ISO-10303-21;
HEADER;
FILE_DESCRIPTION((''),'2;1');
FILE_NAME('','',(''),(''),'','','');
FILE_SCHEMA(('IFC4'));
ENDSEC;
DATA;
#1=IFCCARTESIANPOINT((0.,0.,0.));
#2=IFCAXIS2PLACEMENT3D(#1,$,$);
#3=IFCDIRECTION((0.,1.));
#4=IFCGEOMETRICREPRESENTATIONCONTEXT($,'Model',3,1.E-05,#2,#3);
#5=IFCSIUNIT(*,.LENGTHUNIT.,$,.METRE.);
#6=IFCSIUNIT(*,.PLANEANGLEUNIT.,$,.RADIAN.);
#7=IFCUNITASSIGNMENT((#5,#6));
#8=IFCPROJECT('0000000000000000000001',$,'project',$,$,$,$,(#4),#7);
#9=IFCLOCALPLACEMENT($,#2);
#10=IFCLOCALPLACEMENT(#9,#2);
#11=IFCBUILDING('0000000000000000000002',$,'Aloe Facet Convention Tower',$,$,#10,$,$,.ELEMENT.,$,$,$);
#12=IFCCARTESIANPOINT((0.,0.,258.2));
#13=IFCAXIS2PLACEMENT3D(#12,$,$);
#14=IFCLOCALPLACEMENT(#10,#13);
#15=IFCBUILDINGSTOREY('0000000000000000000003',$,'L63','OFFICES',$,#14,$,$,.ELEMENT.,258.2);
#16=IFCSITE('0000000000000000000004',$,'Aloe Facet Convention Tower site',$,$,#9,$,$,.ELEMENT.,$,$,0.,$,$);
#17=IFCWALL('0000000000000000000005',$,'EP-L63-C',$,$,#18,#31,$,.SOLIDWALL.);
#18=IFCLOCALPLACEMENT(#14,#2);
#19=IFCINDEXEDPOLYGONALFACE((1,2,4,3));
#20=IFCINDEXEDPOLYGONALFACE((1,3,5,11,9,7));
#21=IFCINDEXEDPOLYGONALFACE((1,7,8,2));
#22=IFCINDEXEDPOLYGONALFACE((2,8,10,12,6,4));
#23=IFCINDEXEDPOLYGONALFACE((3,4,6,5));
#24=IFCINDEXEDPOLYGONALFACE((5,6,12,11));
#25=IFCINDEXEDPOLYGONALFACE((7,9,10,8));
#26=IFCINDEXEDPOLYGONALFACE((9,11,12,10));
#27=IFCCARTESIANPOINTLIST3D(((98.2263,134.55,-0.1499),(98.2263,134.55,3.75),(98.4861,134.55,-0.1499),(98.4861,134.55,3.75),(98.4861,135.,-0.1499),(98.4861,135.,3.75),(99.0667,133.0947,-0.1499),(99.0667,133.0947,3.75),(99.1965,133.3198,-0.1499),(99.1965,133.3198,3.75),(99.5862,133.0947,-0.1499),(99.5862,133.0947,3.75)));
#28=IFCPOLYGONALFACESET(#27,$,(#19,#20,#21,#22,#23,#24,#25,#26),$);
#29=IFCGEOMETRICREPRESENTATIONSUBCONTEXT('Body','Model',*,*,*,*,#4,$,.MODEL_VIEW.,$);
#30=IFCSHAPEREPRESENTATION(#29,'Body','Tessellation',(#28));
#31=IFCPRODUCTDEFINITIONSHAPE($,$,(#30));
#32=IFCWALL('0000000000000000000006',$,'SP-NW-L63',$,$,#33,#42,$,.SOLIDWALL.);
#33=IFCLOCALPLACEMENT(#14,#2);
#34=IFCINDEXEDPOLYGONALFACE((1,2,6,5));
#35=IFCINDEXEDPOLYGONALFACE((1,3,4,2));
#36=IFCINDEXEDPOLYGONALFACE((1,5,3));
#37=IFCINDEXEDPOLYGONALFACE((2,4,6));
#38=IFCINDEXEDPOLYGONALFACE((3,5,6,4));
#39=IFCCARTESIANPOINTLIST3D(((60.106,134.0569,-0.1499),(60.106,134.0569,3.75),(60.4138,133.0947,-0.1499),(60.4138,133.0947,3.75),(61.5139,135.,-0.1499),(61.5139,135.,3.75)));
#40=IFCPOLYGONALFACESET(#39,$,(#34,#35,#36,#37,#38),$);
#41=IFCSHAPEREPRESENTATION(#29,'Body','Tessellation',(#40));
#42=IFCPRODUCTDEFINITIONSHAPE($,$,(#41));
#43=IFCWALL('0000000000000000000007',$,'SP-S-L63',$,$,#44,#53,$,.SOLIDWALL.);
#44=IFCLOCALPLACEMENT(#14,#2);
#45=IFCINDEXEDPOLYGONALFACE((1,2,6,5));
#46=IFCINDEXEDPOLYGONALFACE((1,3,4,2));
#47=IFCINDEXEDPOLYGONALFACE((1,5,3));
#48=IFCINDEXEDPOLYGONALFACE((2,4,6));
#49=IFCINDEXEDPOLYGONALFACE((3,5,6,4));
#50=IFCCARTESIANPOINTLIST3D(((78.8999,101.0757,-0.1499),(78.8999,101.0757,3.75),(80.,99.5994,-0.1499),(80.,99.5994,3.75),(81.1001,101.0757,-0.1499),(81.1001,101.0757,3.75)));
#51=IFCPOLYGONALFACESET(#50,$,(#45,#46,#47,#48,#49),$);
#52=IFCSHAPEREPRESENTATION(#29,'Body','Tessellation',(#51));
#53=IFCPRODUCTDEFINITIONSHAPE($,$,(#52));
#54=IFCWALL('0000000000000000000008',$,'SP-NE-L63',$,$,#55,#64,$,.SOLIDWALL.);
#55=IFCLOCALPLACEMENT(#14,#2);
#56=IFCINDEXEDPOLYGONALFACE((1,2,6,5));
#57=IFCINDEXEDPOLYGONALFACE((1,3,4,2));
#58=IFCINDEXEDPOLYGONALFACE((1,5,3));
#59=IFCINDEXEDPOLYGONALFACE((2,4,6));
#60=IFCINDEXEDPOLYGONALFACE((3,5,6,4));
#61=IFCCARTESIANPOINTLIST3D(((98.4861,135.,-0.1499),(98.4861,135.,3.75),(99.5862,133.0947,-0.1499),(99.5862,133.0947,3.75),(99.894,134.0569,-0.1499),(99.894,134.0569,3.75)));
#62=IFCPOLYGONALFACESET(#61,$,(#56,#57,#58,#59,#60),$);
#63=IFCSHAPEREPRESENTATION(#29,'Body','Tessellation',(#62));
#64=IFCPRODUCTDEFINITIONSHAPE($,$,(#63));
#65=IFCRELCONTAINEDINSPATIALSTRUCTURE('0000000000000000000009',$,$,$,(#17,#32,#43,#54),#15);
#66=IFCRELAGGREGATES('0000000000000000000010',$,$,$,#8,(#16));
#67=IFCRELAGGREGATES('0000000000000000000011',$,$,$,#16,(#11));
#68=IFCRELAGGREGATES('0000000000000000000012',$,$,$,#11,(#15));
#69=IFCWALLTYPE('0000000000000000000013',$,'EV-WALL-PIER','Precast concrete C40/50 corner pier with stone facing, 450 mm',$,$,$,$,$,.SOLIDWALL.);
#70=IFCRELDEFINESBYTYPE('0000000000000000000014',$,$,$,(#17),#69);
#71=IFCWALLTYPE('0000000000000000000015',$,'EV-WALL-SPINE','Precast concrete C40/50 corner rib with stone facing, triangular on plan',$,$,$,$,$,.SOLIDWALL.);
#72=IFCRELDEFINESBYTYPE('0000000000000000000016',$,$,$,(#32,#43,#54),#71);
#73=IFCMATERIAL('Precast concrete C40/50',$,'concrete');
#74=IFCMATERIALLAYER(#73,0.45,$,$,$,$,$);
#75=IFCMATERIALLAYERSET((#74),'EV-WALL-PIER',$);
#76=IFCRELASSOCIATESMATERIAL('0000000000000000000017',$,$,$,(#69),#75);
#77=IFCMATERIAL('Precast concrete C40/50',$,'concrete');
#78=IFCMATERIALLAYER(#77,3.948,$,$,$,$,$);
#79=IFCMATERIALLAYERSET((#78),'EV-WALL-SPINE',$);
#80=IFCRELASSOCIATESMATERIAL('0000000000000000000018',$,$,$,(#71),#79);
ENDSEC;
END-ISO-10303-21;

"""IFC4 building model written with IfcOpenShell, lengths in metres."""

from ifc_helpers import new_model, si_unit, direction, frame, origin, place, context, subcontext, project, spatial, polyline, outline, extrude, material, layer, layer_set, type_object, element, save


model = new_model("IFC4")

# Units and contexts
model_context = context("Model", 3, precision=1e-05, world=origin(), true_north=direction((0.0, 1.0)))
body_context = subcontext(model_context, "Body", "Model", "MODEL_VIEW")
ifc_project = project(units=[si_unit("LENGTHUNIT", "METRE"), si_unit("PLANEANGLEUNIT", "RADIAN")], contexts=[model_context])

# Site, building, storey
site_placement = place(None, origin())
site = spatial("IfcSite", under=ifc_project, at=site_placement, Name="Aloe Facet Convention Tower site", CompositionType="ELEMENT", RefElevation=0.0)
building_placement = place(site_placement, origin())
building = spatial("IfcBuilding", under=site, at=building_placement, Name="Aloe Facet Convention Tower", CompositionType="ELEMENT")
storey_placement = place(building_placement, frame((0.0, 0.0, 258.2)))
storey = spatial("IfcBuildingStorey", under=building, at=storey_placement, Name="L63", Description="OFFICES", CompositionType="ELEMENT", Elevation=258.2)

# Walls
ifc_material_1 = material(Name="Precast concrete C40/50", Category="concrete")
ifc_layer_1 = layer(ifc_material_1, 0.45)
ifc_layer_set_1 = layer_set([ifc_layer_1], Name="EV-WALL-PIER")
wall_type_1 = type_object("IfcWallType", Name="EV-WALL-PIER", Description="Precast concrete C40/50 corner pier with stone facing, 450 mm", PredefinedType="SOLIDWALL", material=ifc_layer_set_1)
wall_1_placement = place(storey_placement, frame((0.0, 0.0, -0.1499)))
element("IfcWall", 1, at=wall_1_placement, inside=storey, type_object=wall_type_1, Name="EP-L63-C", PredefinedType="SOLIDWALL", context=body_context, shape_type="SweptSolid", body=[
    extrude(outline(polyline([(99.5862, 133.0947), (99.1965, 133.3198), (99.0667, 133.0947), (98.2263, 134.55), (98.4861, 134.55), (98.4861, 135.0), (99.5862, 133.0947)])), origin(), (0.0, 0.0, 1.0), 3.8999),
])
ifc_material_2 = material(Name="Precast concrete C40/50", Category="concrete")
ifc_layer_2 = layer(ifc_material_2, 3.948)
ifc_layer_set_2 = layer_set([ifc_layer_2], Name="EV-WALL-SPINE")
wall_type_2 = type_object("IfcWallType", Name="EV-WALL-SPINE", Description="Precast concrete C40/50 corner rib with stone facing, triangular on plan", PredefinedType="SOLIDWALL", material=ifc_layer_set_2)
wall_2_placement = place(storey_placement, frame((0.0, 0.0, -0.1499)))
element("IfcWall", 2, at=wall_2_placement, inside=storey, type_object=wall_type_2, Name="SP-NW-L63", PredefinedType="SOLIDWALL", context=body_context, shape_type="SweptSolid", body=[
    extrude(outline(polyline([(61.5139, 135.0), (60.106, 134.0569), (60.4138, 133.0947), (61.5139, 135.0)])), origin(), (0.0, 0.0, 1.0), 3.8999),
])
wall_3_placement = place(storey_placement, frame((0.0, 0.0, -0.1499)))
element("IfcWall", 3, at=wall_3_placement, inside=storey, type_object=wall_type_2, Name="SP-S-L63", PredefinedType="SOLIDWALL", context=body_context, shape_type="SweptSolid", body=[
    extrude(outline(polyline([(78.8999, 101.0757), (80.0, 99.5994), (81.1001, 101.0757), (78.8999, 101.0757)])), origin(), (0.0, 0.0, 1.0), 3.8999),
])
wall_4_placement = place(storey_placement, frame((0.0, 0.0, -0.1499)))
element("IfcWall", 4, at=wall_4_placement, inside=storey, type_object=wall_type_2, Name="SP-NE-L63", PredefinedType="SOLIDWALL", context=body_context, shape_type="SweptSolid", body=[
    extrude(outline(polyline([(99.5862, 133.0947), (99.894, 134.0569), (98.4861, 135.0), (99.5862, 133.0947)])), origin(), (0.0, 0.0, 1.0), 3.8999),
])

save(model, "model.ifc")
